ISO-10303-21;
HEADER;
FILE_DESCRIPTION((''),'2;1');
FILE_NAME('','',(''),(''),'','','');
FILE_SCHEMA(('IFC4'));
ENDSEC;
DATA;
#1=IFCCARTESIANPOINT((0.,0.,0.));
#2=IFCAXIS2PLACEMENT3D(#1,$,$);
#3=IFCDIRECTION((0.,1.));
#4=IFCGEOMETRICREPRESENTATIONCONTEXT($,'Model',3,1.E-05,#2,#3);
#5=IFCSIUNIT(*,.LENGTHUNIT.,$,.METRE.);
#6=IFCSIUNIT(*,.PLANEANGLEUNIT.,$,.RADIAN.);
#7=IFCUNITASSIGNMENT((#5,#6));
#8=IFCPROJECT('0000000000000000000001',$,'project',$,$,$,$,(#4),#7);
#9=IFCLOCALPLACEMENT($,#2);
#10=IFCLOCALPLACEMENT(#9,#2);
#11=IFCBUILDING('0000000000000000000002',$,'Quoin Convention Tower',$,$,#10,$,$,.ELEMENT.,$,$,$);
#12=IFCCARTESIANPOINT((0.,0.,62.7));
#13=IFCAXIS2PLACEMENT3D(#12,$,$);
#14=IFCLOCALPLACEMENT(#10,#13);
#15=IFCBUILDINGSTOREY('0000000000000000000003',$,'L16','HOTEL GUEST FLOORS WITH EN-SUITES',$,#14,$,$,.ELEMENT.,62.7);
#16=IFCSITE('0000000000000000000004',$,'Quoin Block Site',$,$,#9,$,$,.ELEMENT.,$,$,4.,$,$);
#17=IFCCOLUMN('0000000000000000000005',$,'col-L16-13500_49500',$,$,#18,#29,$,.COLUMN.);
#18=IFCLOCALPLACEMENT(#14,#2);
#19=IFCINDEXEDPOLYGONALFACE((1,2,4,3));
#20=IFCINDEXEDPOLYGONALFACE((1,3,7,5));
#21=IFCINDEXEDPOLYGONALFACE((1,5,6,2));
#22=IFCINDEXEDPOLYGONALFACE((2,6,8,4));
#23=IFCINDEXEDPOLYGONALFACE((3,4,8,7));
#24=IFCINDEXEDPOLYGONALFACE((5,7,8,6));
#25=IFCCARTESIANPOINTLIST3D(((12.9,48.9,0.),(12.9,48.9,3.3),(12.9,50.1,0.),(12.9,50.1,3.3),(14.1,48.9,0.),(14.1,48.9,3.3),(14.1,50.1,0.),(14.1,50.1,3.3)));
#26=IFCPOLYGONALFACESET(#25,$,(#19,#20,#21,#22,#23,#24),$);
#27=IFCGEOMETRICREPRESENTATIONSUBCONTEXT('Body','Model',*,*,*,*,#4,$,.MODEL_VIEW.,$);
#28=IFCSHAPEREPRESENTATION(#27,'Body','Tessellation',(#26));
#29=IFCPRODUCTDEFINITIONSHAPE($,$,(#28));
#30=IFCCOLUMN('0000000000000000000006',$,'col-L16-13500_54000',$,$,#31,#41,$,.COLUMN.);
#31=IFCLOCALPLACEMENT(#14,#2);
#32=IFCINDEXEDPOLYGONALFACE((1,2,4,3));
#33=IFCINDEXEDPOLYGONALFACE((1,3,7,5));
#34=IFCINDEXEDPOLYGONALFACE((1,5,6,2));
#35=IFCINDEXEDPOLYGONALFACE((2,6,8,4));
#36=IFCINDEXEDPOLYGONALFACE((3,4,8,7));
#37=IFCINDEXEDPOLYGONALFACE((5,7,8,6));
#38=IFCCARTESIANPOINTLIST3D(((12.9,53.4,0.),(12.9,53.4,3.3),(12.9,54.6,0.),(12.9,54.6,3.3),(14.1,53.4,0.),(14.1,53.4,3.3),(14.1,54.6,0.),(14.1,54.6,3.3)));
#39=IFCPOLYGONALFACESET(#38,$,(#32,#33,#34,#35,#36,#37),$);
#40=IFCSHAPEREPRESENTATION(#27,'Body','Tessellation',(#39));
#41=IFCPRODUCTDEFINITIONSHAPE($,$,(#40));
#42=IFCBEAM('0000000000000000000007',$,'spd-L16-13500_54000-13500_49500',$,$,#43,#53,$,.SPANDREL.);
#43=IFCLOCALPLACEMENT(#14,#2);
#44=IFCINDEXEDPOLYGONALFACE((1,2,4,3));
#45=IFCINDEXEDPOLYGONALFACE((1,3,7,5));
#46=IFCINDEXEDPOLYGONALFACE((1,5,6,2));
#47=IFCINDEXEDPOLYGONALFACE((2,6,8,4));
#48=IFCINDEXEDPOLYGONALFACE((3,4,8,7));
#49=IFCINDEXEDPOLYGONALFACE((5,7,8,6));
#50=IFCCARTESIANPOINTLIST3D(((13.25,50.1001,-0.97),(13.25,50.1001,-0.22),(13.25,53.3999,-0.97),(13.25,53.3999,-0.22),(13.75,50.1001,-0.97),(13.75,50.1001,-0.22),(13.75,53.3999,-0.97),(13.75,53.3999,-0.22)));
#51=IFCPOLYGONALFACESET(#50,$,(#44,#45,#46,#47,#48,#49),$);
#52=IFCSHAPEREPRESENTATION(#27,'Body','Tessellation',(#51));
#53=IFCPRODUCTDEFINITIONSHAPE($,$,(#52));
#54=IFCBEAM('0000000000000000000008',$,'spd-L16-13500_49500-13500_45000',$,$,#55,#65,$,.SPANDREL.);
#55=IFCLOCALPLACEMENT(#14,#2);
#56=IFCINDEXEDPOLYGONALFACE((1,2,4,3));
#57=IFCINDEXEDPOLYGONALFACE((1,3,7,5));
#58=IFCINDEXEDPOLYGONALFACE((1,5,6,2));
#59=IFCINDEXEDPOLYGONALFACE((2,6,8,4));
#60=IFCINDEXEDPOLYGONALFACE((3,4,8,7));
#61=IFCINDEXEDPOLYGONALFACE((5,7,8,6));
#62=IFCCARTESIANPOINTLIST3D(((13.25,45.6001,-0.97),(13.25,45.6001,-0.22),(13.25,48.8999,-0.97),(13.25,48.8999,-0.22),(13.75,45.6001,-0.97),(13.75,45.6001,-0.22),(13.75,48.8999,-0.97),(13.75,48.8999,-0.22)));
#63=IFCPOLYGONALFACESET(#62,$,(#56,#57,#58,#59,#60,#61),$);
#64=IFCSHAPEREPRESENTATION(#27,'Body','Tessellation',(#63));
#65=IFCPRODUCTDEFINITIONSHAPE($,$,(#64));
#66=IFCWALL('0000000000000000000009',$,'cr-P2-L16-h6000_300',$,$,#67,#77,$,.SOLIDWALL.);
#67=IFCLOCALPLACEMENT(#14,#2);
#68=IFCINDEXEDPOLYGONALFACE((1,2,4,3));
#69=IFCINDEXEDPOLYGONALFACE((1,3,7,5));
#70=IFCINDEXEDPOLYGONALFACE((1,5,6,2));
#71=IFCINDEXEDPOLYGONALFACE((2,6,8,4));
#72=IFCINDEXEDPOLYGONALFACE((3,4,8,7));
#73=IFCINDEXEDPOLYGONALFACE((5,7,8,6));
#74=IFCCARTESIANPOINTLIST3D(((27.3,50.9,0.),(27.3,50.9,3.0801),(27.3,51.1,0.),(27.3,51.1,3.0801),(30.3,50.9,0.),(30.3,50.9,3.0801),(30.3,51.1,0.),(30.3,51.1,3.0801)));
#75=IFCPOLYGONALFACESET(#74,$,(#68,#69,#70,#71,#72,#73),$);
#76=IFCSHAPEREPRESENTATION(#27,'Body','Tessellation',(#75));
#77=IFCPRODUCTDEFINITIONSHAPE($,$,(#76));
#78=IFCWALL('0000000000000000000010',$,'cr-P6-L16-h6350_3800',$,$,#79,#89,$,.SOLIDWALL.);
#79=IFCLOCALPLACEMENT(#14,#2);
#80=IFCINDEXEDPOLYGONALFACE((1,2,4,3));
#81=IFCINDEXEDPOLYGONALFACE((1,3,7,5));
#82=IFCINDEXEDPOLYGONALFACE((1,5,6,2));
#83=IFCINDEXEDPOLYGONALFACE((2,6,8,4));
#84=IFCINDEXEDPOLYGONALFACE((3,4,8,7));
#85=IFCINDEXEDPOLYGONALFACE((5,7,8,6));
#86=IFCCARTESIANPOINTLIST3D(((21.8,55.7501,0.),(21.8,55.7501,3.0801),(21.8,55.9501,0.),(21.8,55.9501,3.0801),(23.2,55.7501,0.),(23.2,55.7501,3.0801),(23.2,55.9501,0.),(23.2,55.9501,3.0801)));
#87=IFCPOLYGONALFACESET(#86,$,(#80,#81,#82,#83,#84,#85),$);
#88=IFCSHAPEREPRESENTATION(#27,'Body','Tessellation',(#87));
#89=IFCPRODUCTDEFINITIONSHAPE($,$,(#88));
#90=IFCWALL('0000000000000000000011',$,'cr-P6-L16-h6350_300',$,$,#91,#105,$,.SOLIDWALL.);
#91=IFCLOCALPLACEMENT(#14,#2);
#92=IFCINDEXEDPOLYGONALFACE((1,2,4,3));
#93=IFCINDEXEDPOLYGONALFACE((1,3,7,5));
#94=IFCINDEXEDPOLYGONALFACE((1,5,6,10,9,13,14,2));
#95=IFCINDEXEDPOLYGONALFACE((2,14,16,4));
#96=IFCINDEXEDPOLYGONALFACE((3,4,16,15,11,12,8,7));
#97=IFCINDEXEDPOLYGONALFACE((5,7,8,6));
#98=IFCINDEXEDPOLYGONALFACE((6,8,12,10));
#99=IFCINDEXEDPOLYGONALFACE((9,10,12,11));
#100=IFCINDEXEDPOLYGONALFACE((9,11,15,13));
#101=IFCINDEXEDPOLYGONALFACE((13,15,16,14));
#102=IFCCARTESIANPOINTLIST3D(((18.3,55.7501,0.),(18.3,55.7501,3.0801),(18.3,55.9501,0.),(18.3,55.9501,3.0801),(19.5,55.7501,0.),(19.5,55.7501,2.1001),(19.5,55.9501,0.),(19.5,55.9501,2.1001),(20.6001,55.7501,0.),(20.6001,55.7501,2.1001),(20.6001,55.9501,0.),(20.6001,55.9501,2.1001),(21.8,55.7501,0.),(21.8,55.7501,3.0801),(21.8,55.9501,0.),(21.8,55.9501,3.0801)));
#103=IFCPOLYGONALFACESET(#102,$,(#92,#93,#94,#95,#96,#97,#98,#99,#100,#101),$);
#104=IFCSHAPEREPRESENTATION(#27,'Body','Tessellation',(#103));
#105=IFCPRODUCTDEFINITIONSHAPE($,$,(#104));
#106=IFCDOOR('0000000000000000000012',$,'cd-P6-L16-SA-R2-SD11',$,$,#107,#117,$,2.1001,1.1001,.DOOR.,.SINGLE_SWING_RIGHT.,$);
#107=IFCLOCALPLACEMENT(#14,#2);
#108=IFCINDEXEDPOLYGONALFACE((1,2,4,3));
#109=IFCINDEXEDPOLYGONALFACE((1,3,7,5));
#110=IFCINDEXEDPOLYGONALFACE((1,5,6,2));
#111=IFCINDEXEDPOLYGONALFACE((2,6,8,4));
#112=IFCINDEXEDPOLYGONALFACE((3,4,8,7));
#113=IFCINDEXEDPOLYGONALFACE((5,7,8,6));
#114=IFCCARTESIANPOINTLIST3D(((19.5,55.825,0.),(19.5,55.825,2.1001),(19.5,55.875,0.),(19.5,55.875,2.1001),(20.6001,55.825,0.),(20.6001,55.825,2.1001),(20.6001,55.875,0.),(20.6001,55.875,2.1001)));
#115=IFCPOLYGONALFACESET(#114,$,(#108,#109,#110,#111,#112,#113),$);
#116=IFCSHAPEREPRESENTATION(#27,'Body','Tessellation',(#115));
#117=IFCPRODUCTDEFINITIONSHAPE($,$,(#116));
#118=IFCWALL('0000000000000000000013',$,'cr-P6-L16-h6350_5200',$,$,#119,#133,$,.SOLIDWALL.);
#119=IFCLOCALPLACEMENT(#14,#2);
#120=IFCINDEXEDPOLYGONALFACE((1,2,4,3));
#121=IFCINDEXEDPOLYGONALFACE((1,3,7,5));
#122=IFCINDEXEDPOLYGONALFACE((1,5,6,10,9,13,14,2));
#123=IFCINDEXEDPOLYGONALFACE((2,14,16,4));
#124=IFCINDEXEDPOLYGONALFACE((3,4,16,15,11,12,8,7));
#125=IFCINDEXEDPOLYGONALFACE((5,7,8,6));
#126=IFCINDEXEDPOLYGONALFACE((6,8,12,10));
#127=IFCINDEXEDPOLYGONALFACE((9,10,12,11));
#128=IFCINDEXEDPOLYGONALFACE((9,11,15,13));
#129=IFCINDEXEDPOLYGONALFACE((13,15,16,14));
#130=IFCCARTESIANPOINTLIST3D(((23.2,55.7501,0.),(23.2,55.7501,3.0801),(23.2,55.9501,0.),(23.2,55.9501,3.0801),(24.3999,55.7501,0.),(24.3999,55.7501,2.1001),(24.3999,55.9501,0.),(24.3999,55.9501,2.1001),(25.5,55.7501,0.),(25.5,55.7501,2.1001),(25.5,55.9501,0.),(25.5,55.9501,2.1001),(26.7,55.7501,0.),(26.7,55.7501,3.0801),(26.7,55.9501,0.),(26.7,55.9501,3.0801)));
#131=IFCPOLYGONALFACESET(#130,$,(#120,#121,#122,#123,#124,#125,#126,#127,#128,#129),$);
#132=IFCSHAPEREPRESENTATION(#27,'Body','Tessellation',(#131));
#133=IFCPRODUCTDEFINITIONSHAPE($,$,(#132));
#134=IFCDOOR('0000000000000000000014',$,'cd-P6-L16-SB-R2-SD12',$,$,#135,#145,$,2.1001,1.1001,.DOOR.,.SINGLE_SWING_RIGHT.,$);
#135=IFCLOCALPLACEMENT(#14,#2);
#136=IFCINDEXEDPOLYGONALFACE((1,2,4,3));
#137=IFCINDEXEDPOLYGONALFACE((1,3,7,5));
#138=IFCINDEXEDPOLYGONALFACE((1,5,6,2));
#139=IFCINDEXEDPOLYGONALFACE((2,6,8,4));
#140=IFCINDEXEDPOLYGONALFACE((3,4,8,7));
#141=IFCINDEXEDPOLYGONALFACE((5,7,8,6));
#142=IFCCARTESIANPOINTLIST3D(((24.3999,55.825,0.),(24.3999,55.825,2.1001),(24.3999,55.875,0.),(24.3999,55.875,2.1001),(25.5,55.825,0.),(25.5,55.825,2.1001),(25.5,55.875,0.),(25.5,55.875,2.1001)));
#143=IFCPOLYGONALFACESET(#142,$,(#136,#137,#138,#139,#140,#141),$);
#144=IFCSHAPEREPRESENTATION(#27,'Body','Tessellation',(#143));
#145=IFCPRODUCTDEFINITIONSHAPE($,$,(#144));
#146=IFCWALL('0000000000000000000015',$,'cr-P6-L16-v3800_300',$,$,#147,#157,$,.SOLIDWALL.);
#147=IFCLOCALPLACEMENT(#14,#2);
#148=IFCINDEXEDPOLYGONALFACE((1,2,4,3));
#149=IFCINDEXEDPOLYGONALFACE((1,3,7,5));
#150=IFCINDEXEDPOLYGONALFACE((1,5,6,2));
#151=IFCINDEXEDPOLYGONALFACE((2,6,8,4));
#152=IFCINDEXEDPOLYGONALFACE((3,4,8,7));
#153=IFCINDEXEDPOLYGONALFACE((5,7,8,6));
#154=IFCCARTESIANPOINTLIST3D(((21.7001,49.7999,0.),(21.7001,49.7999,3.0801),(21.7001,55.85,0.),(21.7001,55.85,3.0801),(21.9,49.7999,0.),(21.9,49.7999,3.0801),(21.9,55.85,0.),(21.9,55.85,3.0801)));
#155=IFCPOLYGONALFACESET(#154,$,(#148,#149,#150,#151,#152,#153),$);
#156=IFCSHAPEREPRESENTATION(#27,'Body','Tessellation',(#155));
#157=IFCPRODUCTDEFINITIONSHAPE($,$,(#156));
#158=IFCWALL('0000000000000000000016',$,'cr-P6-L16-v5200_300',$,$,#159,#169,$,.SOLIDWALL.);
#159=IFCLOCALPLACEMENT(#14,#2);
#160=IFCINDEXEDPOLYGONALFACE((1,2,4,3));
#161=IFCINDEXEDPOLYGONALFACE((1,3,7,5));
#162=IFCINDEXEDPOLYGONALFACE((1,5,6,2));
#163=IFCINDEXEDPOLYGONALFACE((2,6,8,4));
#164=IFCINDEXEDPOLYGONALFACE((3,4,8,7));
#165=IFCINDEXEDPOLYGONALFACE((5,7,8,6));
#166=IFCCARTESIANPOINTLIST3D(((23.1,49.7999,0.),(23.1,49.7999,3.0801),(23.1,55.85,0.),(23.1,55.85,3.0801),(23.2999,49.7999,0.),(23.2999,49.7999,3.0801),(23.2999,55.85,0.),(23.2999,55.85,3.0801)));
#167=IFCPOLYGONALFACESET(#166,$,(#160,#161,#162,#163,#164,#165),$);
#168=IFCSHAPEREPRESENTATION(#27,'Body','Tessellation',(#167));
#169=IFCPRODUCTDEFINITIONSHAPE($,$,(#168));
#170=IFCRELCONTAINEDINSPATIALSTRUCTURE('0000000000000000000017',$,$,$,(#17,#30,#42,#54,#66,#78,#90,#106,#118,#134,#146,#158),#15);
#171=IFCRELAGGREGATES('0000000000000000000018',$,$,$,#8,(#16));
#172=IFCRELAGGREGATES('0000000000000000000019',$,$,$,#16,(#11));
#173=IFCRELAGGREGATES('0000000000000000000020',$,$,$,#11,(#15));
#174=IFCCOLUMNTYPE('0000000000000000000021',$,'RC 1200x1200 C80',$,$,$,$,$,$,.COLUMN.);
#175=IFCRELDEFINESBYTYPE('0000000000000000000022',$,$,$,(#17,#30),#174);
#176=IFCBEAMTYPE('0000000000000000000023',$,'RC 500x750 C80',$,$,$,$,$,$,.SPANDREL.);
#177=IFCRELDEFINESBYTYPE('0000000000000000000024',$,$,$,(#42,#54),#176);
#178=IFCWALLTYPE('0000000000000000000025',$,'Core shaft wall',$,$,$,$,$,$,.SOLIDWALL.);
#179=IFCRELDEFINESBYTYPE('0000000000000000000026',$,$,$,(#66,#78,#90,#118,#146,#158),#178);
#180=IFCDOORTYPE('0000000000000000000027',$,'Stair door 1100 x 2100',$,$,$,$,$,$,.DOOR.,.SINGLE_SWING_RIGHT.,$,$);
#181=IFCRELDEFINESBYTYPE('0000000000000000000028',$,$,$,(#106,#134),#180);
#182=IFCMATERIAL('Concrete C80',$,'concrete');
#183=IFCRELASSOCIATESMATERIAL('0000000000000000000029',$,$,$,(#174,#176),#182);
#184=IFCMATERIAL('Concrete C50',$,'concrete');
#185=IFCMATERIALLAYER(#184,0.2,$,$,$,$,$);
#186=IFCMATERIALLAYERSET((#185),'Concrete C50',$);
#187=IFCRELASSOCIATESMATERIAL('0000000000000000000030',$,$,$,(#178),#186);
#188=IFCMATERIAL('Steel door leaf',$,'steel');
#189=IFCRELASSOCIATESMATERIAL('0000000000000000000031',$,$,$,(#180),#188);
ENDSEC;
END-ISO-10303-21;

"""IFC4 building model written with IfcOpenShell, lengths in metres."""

from ifc_helpers import new_model, si_unit, direction, frame, frame_2d, origin, origin_2d, place, context, subcontext, project, spatial, rectangle, extrude, material, layer, layer_set, material_profile, profile_set, type_object, element, fill, save


model = new_model("IFC4")

# Units and contexts
model_context = context("Model", 3, precision=1e-05, world=origin(), true_north=direction((0.0, 1.0)))
body_context = subcontext(model_context, "Body", "Model", "MODEL_VIEW")
ifc_project = project(units=[si_unit("LENGTHUNIT", "METRE"), si_unit("PLANEANGLEUNIT", "RADIAN")], contexts=[model_context])

# Site, building, storey
site_placement = place(None, origin())
site = spatial("IfcSite", under=ifc_project, at=site_placement, Name="Quoin Block Site", CompositionType="ELEMENT", RefElevation=4.0)
building_placement = place(site_placement, origin())
building = spatial("IfcBuilding", under=site, at=building_placement, Name="Quoin Convention Tower", CompositionType="ELEMENT")
storey_placement = place(building_placement, frame((0.0, 0.0, 62.7)))
storey = spatial("IfcBuildingStorey", under=building, at=storey_placement, Name="L16", Description="HOTEL GUEST FLOORS WITH EN-SUITES", CompositionType="ELEMENT", Elevation=62.7)

# Columns
ifc_material_1 = material(Name="Concrete C80", Category="concrete")
ifc_material_profile_1 = material_profile(ifc_material_1, rectangle(XDim=1.2, YDim=1.2, at=origin_2d()), Name="RC 1200x1200")
ifc_profile_set_1 = profile_set([ifc_material_profile_1], Name="Concrete C80")
column_type = type_object("IfcColumnType", Name="RC 1200x1200 C80", PredefinedType="COLUMN", material=ifc_profile_set_1)
for number, where, z_axis, x_axis, name in (
    (1, (13.5, 49.5, 0.0), (0.0, 0.0, 1.0), (1.0, 0.0, 0.0), "col-L16-13500_49500"),
    (2, (13.5, 54.0, 0.0), (0.0, 0.0, 1.0), (1.0, 0.0, 0.0), "col-L16-13500_54000"),
):
    element("IfcColumn", number, at=place(storey_placement, frame(where, z_axis=z_axis, x_axis=x_axis)), inside=storey, type_object=column_type, Name=name, PredefinedType="COLUMN", context=body_context, shape_type="SweptSolid", body=[
        extrude(rectangle(XDim=1.2, YDim=1.2, at=origin_2d()), origin(), (0.0, 0.0, 1.0), 3.3),
    ])

# Beams
ifc_material_profile_2 = material_profile(ifc_material_1, rectangle(XDim=0.5, YDim=0.75, at=origin_2d()), Name="RC 500x750")
ifc_profile_set_2 = profile_set([ifc_material_profile_2], Name="Concrete C80")
beam_type = type_object("IfcBeamType", Name="RC 500x750 C80", PredefinedType="SPANDREL", material=ifc_profile_set_2)
for number, where, z_axis, x_axis, name in (
    (3, (13.5, 53.3999, -0.595), (0.0, -1.0, 0.0), (1.0, 0.0, 0.0), "spd-L16-13500_54000-13500_49500"),
    (4, (13.5, 48.8999, -0.595), (0.0, -1.0, 0.0), (1.0, 0.0, 0.0), "spd-L16-13500_49500-13500_45000"),
):
    element("IfcBeam", number, at=place(storey_placement, frame(where, z_axis=z_axis, x_axis=x_axis)), inside=storey, type_object=beam_type, Name=name, PredefinedType="SPANDREL", context=body_context, shape_type="SweptSolid", body=[
        extrude(rectangle(XDim=0.5, YDim=0.75, at=origin_2d()), origin(), (0.0, 0.0, 1.0), 3.2998),
    ])

# Walls
ifc_material_2 = material(Name="Concrete C50", Category="concrete")
ifc_layer_1 = layer(ifc_material_2, 0.2)
ifc_layer_set_1 = layer_set([ifc_layer_1], Name="Concrete C50")
wall_type_1 = type_object("IfcWallType", Name="Core shaft wall", PredefinedType="SOLIDWALL", material=ifc_layer_set_1)
wall_1_placement = place(storey_placement, frame((27.3, 51.0, 0.0), z_axis=(0.0, 0.0, 1.0), x_axis=(1.0, 0.0, 0.0)))
element("IfcWall", 5, at=wall_1_placement, inside=storey, type_object=wall_type_1, Name="cr-P2-L16-h6000_300", PredefinedType="SOLIDWALL", context=body_context, shape_type="SweptSolid", body=[
    extrude(rectangle(XDim=3.0, YDim=0.2, at=frame_2d((1.5, 0.0))), origin(), (0.0, 0.0, 1.0), 3.0801),
])
wall_2_placement = place(storey_placement, frame((21.8, 55.8501, 0.0), z_axis=(0.0, 0.0, 1.0), x_axis=(1.0, 0.0, 0.0)))
element("IfcWall", 6, at=wall_2_placement, inside=storey, type_object=wall_type_1, Name="cr-P6-L16-h6350_3800", PredefinedType="SOLIDWALL", context=body_context, shape_type="SweptSolid", body=[
    extrude(rectangle(XDim=1.3999, YDim=0.2, at=frame_2d((0.7, 0.0))), origin(), (0.0, 0.0, 1.0), 3.0801),
])

# Walls, openings, doors
wall_3_placement = place(storey_placement, frame((18.3, 55.8501, 0.0), z_axis=(0.0, 0.0, 1.0), x_axis=(1.0, 0.0, 0.0)))
wall_3 = element("IfcWall", 7, at=wall_3_placement, inside=storey, type_object=wall_type_1, Name="cr-P6-L16-h6350_300", PredefinedType="SOLIDWALL", context=body_context, shape_type="SweptSolid", body=[
    extrude(rectangle(XDim=3.5, YDim=0.2, at=frame_2d((1.75, 0.0))), origin(), (0.0, 0.0, 1.0), 3.0801),
])
opening_1_placement = place(wall_3_placement, frame((1.2, 0.0, 0.0)))
opening_1 = element("IfcOpeningElement", 8, at=opening_1_placement, cuts=wall_3, PredefinedType="OPENING", context=body_context, shape_type="SweptSolid", body=[
    extrude(rectangle(XDim=1.1001, YDim=2.1001, at=frame_2d((0.55, 1.05))), frame((0.0, 0.1099, 0.0), z_axis=(0.0, -1.0, 0.0), x_axis=(1.0, 0.0, 0.0)), (0.0, 0.0, 1.0), 0.22),
])
ifc_material_3 = material(Name="Steel door leaf", Category="steel")
door_type_1 = type_object("IfcDoorType", Name="Stair door 1100 x 2100", OperationType="SINGLE_SWING_RIGHT", PredefinedType="DOOR", material=ifc_material_3)
door_1_placement = place(opening_1_placement, origin())
door_1 = element("IfcDoor", 9, at=door_1_placement, inside=storey, type_object=door_type_1, Name="cd-P6-L16-SA-R2-SD11", OperationType="SINGLE_SWING_RIGHT", OverallHeight=2.1001, OverallWidth=1.1001, PredefinedType="DOOR", context=body_context, shape_type="SweptSolid", body=[
    extrude(rectangle(XDim=1.1001, YDim=2.1001, at=frame_2d((0.55, 1.05))), frame((0.0, 0.0249, 0.0), z_axis=(0.0, -1.0, 0.0), x_axis=(1.0, 0.0, 0.0)), (0.0, 0.0, 1.0), 0.05),
])
fill(opening_1, door_1)
wall_4_placement = place(storey_placement, frame((23.2, 55.8501, 0.0), z_axis=(0.0, 0.0, 1.0), x_axis=(1.0, 0.0, 0.0)))
wall_4 = element("IfcWall", 10, at=wall_4_placement, inside=storey, type_object=wall_type_1, Name="cr-P6-L16-h6350_5200", PredefinedType="SOLIDWALL", context=body_context, shape_type="SweptSolid", body=[
    extrude(rectangle(XDim=3.5, YDim=0.2, at=frame_2d((1.75, 0.0))), origin(), (0.0, 0.0, 1.0), 3.0801),
])
opening_2_placement = place(wall_4_placement, frame((1.2, 0.0, 0.0)))
opening_2 = element("IfcOpeningElement", 11, at=opening_2_placement, cuts=wall_4, PredefinedType="OPENING", context=body_context, shape_type="SweptSolid", body=[
    extrude(rectangle(XDim=1.1001, YDim=2.1001, at=frame_2d((0.55, 1.05))), frame((0.0, 0.1099, 0.0), z_axis=(0.0, -1.0, 0.0), x_axis=(1.0, 0.0, 0.0)), (0.0, 0.0, 1.0), 0.22),
])
door_2_placement = place(opening_2_placement, origin())
door_2 = element("IfcDoor", 12, at=door_2_placement, inside=storey, type_object=door_type_1, Name="cd-P6-L16-SB-R2-SD12", OperationType="SINGLE_SWING_RIGHT", OverallHeight=2.1001, OverallWidth=1.1001, PredefinedType="DOOR", context=body_context, shape_type="SweptSolid", body=[
    extrude(rectangle(XDim=1.1001, YDim=2.1001, at=frame_2d((0.55, 1.05))), frame((0.0, 0.0249, 0.0), z_axis=(0.0, -1.0, 0.0), x_axis=(1.0, 0.0, 0.0)), (0.0, 0.0, 1.0), 0.05),
])
fill(opening_2, door_2)

# Walls
for number, where, z_axis, x_axis, name in (
    (13, (21.8, 49.8, 0.0), (0.0, 0.0, 1.0), (0.0, 1.0, 0.0), "cr-P6-L16-v3800_300"),
    (14, (23.2, 49.8, 0.0), (0.0, 0.0, 1.0), (0.0, 1.0, 0.0), "cr-P6-L16-v5200_300"),
):
    element("IfcWall", number, at=place(storey_placement, frame(where, z_axis=z_axis, x_axis=x_axis)), inside=storey, type_object=wall_type_1, Name=name, PredefinedType="SOLIDWALL", context=body_context, shape_type="SweptSolid", body=[
        extrude(rectangle(XDim=6.05, YDim=0.2, at=frame_2d((3.0249, 0.0))), origin(), (0.0, 0.0, 1.0), 3.0801),
    ])

save(model, "model.ifc")
